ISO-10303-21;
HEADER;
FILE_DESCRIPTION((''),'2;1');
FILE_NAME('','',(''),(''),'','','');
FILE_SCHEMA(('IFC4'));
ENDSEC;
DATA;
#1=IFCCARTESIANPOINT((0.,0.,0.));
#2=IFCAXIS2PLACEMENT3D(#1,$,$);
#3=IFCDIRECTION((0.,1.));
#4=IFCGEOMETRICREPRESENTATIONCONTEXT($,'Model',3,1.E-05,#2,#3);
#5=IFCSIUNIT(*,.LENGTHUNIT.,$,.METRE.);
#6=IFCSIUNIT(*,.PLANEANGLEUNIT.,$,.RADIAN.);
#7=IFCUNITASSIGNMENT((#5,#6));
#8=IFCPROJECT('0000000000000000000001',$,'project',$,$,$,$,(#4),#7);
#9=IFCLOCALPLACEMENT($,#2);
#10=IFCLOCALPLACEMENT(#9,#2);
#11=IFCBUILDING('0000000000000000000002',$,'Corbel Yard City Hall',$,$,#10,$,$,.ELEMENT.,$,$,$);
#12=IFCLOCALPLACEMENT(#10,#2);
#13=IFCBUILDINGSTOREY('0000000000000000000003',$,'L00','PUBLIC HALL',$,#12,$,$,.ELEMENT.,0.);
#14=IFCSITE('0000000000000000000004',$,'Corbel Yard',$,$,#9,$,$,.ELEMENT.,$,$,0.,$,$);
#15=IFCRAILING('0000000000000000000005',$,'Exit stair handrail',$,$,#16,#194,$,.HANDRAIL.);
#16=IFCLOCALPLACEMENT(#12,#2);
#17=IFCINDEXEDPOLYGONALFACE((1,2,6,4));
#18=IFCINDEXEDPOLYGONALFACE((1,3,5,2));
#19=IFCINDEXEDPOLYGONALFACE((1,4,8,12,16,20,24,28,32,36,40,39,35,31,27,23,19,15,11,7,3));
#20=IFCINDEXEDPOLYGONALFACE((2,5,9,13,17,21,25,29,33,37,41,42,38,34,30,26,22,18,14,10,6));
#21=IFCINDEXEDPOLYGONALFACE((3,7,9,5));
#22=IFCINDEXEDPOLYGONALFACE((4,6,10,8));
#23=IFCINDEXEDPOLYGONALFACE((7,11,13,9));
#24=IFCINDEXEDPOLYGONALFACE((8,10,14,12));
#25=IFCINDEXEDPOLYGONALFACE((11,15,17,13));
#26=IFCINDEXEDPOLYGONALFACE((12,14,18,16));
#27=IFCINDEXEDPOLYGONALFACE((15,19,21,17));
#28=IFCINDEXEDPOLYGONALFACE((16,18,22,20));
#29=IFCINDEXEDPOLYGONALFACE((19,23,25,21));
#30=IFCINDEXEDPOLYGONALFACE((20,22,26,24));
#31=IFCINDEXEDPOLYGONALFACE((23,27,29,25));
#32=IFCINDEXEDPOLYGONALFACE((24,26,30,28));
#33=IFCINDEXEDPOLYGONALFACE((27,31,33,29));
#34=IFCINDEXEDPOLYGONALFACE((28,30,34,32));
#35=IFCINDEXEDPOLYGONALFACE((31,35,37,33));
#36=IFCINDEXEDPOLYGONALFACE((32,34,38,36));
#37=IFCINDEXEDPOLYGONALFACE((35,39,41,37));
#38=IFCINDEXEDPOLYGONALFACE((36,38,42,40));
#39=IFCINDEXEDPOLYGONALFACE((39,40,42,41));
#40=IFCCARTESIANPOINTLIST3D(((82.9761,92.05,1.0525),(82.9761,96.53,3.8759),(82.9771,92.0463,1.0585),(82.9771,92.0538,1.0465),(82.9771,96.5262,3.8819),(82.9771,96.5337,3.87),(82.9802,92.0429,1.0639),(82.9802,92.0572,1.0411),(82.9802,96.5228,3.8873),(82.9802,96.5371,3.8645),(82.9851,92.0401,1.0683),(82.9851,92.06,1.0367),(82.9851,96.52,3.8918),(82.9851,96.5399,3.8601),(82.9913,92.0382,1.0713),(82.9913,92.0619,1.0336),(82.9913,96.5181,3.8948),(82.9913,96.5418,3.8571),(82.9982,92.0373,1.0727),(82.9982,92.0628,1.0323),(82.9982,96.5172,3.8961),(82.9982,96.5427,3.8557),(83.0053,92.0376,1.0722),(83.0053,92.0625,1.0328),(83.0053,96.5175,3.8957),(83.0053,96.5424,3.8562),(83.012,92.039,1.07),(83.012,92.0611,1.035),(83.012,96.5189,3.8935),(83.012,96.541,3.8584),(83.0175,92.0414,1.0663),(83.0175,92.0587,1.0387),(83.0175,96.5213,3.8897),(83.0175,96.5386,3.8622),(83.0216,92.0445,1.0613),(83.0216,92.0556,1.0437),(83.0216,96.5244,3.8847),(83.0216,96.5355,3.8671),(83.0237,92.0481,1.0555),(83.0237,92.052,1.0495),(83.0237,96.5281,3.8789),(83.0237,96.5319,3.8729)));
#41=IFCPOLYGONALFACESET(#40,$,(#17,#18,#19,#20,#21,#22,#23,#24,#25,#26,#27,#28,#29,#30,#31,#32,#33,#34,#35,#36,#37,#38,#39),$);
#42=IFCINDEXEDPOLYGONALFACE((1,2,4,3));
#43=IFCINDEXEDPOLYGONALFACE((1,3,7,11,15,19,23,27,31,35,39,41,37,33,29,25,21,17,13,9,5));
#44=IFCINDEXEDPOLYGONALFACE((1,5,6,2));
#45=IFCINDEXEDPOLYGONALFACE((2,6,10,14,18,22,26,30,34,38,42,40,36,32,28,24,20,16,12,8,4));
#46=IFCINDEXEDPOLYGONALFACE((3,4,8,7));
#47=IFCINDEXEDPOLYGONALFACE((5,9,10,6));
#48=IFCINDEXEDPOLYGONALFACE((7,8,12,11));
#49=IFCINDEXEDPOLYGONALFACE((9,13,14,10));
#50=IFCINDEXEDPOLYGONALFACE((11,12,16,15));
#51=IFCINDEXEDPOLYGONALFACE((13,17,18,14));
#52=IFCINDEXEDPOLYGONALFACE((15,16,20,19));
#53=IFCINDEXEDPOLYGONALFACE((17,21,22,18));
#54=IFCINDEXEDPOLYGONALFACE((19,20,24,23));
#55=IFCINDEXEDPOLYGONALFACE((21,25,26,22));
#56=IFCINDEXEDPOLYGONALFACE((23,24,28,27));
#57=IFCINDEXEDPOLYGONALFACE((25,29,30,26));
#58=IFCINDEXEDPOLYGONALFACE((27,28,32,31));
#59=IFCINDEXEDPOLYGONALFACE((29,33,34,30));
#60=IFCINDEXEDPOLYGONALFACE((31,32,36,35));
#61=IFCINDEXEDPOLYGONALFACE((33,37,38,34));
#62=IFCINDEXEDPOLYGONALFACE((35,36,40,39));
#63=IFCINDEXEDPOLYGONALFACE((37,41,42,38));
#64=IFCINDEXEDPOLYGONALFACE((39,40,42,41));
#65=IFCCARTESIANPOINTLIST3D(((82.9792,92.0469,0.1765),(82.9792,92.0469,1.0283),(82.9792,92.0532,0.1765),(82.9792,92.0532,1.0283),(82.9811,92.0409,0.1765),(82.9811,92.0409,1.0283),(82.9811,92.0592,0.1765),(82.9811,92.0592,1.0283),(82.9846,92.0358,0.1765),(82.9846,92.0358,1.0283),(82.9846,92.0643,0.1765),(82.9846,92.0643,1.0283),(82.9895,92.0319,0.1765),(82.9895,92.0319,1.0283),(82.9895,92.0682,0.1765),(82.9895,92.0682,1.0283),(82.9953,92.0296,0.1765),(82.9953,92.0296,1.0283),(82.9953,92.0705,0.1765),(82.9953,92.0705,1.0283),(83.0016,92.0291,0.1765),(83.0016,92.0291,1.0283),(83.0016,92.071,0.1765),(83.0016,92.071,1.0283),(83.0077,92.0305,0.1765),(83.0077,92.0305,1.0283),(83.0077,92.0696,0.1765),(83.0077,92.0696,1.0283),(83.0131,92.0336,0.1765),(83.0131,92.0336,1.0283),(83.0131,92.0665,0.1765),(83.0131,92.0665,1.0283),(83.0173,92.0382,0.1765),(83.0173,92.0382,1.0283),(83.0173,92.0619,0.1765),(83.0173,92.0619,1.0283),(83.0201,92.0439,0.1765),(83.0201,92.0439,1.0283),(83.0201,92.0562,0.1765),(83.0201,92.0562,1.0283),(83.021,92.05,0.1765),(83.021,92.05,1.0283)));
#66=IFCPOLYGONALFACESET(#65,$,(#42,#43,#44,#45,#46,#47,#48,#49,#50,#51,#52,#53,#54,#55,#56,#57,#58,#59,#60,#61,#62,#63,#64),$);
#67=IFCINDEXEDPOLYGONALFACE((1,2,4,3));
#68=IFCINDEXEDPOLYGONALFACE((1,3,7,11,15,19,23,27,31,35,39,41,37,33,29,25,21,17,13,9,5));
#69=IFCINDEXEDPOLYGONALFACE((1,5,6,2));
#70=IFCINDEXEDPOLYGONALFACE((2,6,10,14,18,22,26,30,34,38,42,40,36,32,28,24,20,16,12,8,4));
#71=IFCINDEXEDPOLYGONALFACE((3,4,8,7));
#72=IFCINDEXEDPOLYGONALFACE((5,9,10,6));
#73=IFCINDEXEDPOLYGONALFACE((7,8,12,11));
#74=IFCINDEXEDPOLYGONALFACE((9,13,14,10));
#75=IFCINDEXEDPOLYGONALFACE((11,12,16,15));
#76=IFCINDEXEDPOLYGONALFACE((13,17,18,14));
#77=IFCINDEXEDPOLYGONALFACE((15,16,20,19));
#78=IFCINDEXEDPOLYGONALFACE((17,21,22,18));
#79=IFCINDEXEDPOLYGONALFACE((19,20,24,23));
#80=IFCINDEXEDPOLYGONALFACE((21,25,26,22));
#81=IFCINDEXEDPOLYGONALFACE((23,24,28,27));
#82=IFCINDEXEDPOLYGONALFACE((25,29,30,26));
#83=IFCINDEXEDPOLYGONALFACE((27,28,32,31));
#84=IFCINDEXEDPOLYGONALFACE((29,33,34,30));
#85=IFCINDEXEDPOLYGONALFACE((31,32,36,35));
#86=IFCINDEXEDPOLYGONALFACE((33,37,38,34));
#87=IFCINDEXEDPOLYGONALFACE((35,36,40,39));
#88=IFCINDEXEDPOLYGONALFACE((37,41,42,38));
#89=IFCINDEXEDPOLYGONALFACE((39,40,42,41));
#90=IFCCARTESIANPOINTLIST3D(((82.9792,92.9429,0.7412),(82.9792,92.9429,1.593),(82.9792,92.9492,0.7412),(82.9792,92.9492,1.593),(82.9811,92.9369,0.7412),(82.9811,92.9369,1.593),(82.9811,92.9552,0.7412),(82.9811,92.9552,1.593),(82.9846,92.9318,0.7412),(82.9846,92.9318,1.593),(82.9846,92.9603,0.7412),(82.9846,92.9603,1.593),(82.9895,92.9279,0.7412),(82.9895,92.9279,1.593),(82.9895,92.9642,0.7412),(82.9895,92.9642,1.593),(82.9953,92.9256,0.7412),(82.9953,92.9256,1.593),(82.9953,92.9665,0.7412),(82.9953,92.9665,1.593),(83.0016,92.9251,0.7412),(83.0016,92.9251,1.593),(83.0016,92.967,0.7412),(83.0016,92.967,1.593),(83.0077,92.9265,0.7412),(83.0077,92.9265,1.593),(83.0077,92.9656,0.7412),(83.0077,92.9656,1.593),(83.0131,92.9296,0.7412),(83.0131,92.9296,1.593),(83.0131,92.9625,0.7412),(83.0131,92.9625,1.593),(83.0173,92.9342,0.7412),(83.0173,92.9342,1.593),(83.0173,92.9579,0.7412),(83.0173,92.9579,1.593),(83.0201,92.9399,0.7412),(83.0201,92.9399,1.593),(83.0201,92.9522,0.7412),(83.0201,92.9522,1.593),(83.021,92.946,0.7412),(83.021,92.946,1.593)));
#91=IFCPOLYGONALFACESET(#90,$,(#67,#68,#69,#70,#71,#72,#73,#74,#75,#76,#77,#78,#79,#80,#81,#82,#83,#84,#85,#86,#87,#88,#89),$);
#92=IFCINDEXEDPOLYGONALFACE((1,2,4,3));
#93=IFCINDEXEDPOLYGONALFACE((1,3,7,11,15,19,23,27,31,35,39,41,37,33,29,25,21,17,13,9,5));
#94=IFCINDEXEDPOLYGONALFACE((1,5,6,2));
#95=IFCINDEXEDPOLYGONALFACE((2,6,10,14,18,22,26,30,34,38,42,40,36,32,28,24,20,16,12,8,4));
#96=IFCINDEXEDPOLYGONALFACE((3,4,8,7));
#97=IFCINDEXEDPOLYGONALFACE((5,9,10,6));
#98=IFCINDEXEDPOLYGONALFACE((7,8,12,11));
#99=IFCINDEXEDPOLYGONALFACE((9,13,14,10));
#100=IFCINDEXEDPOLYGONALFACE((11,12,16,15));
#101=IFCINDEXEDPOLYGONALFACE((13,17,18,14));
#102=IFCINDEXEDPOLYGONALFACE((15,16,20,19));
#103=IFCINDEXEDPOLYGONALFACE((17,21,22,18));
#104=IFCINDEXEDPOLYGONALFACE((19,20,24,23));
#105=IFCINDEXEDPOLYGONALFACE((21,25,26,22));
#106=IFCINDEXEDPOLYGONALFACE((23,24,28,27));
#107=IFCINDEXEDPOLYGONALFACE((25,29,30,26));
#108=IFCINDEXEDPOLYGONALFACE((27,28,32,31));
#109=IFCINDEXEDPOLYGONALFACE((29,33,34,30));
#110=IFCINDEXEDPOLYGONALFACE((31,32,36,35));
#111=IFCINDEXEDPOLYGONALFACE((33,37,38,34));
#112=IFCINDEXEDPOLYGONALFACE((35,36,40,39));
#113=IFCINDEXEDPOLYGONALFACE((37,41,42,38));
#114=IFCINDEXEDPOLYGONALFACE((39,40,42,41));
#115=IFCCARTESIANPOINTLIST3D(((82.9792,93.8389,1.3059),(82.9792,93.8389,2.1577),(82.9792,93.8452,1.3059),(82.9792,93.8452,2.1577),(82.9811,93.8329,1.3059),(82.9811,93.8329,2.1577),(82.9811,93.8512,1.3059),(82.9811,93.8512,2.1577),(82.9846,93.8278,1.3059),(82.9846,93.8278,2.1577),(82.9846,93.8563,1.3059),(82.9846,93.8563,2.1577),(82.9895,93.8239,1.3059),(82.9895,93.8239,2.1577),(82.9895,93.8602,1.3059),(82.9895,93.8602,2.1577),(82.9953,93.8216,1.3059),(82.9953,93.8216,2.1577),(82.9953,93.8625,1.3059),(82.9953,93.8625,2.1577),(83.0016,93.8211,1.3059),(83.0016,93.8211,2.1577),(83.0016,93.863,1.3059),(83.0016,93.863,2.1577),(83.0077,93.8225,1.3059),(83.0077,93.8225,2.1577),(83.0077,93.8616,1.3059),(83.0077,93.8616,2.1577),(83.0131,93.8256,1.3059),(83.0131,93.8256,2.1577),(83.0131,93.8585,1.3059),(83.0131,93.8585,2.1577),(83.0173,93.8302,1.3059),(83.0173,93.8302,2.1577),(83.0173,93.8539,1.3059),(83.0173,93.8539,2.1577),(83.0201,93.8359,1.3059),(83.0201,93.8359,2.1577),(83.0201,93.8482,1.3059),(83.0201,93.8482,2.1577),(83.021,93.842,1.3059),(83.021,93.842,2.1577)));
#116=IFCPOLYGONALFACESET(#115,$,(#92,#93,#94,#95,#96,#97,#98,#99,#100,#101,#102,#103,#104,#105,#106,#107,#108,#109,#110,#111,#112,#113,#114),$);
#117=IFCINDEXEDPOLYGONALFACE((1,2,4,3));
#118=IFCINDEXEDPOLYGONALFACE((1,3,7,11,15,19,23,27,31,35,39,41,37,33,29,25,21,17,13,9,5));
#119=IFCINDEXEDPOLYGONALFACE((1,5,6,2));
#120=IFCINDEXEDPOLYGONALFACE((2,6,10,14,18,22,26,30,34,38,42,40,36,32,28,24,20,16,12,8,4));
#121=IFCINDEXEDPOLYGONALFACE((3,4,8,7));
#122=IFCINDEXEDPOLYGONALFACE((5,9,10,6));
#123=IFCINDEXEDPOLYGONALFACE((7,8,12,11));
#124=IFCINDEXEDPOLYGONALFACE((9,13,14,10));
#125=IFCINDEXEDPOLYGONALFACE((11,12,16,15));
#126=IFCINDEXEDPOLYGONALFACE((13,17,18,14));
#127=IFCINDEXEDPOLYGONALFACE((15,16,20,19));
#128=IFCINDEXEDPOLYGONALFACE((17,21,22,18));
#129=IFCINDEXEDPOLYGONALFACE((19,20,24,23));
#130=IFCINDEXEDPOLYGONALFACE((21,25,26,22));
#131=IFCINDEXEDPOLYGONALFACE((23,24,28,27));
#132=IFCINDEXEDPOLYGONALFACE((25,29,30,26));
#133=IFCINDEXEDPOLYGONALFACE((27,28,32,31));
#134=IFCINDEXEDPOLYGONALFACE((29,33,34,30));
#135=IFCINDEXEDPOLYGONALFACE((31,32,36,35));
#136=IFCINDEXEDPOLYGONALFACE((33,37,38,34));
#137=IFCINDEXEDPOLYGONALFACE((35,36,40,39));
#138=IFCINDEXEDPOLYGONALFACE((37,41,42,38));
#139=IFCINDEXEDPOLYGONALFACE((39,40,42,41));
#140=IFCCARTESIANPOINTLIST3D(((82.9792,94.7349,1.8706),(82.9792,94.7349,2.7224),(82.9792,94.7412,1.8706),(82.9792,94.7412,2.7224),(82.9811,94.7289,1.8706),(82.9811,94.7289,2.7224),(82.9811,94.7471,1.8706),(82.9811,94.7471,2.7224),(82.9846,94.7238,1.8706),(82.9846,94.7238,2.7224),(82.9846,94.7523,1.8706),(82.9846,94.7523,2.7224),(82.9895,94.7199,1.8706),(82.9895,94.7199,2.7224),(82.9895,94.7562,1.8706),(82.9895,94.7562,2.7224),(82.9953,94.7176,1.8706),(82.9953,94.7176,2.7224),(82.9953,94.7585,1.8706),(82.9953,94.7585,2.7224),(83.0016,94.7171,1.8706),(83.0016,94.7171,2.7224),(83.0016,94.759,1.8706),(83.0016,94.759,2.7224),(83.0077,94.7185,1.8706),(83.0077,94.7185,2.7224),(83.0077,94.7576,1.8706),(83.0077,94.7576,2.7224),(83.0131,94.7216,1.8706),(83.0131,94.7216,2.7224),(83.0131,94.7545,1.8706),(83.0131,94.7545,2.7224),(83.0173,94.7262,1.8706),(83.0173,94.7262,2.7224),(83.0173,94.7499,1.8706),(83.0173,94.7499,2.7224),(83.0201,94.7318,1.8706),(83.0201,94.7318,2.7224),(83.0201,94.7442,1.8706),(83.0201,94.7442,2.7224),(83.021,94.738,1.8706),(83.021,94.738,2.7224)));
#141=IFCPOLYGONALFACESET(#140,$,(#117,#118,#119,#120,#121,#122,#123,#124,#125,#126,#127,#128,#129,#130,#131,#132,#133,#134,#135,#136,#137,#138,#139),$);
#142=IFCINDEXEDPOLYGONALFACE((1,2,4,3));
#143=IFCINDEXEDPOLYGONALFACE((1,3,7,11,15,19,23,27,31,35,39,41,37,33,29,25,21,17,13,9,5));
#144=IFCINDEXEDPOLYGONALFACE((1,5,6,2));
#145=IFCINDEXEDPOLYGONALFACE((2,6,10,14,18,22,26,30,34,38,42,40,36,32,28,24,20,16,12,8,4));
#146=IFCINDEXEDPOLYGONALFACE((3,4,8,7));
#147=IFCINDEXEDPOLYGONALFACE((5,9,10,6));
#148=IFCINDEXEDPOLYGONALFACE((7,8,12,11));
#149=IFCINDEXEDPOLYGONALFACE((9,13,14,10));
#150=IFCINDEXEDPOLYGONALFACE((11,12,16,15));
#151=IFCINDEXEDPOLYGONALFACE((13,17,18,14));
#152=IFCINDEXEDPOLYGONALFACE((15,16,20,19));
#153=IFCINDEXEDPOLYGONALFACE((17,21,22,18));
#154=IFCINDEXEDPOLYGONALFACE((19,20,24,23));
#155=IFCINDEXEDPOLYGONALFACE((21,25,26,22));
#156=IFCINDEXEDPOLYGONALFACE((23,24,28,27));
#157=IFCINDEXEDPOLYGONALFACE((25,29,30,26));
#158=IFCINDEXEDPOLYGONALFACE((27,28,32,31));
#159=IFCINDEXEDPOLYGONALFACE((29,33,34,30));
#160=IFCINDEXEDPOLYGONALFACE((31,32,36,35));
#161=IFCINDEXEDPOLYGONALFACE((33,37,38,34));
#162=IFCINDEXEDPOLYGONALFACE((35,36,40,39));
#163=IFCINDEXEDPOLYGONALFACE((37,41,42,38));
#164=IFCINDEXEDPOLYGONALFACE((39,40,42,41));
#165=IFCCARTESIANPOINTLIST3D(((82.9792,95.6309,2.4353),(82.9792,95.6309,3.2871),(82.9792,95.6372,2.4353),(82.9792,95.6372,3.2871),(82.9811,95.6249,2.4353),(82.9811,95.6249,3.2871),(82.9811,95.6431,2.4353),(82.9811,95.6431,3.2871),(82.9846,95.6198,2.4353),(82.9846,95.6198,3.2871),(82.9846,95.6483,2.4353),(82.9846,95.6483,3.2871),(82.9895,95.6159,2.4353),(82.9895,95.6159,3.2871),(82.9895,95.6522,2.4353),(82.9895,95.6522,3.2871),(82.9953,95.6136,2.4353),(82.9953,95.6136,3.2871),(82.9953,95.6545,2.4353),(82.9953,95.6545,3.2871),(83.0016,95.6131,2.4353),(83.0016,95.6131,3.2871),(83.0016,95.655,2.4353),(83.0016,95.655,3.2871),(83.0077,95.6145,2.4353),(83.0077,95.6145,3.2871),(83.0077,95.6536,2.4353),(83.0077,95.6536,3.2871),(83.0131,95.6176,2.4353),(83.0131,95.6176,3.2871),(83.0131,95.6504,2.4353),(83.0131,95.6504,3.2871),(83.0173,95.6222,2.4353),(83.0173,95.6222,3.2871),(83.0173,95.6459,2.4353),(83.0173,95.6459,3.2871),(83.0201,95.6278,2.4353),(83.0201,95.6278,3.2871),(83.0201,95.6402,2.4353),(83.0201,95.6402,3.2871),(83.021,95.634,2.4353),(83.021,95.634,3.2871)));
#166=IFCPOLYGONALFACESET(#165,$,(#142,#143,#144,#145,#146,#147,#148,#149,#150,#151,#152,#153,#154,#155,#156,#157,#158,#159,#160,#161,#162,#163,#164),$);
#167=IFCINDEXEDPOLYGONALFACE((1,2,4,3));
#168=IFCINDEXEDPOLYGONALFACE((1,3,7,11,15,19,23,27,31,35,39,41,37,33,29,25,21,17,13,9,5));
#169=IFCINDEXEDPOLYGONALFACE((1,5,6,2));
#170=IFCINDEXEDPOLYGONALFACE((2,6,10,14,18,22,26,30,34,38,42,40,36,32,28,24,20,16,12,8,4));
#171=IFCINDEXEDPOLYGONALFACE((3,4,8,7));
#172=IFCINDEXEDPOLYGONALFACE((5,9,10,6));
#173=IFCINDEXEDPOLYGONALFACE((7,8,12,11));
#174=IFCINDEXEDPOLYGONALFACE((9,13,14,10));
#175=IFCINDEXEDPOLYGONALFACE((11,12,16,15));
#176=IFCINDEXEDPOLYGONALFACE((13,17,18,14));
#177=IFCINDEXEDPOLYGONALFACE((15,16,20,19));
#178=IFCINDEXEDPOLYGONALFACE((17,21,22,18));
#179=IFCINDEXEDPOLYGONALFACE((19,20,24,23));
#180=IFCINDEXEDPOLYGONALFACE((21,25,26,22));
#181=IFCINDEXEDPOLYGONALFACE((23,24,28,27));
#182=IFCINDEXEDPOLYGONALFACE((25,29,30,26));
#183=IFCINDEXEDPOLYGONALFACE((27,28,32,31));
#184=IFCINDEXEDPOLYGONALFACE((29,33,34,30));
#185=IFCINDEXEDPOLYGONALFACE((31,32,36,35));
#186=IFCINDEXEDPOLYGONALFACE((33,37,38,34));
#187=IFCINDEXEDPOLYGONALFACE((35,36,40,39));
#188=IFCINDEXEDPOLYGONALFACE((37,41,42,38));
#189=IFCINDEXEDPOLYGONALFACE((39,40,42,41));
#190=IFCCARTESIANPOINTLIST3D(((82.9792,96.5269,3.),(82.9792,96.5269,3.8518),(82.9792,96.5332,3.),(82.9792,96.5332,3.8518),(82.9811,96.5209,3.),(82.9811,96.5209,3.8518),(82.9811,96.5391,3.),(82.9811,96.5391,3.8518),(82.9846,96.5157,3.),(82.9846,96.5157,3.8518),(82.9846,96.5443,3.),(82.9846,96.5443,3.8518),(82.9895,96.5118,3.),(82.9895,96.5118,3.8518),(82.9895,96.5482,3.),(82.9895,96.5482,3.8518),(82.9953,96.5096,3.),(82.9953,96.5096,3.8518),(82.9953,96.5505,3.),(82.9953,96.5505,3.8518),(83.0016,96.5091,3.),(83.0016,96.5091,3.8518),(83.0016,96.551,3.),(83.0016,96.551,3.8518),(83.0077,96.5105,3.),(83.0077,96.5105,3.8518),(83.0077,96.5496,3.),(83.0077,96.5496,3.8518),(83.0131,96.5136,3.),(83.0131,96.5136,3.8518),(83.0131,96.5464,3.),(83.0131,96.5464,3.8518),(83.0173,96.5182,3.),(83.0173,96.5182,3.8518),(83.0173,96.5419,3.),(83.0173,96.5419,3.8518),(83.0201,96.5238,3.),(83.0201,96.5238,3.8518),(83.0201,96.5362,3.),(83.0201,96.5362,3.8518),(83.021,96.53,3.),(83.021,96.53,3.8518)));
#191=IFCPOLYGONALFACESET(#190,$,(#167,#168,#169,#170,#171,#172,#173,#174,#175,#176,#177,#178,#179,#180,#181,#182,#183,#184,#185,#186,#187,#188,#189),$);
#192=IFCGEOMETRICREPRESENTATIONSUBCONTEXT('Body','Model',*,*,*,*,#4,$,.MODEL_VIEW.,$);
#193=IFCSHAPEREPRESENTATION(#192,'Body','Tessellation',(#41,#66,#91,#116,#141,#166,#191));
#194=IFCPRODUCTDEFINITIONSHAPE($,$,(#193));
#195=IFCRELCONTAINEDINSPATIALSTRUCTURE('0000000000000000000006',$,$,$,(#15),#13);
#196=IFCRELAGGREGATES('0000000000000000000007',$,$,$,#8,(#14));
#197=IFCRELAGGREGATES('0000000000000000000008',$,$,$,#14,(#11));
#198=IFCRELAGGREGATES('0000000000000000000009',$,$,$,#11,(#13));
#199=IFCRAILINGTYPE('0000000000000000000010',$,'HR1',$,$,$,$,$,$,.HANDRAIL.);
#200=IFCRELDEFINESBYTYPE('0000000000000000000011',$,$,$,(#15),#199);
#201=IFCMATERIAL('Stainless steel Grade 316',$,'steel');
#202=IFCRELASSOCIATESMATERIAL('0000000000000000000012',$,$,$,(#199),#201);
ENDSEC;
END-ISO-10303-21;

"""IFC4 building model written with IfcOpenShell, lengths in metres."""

from ifc_helpers import new_model, si_unit, direction, frame, origin, origin_2d, place, context, subcontext, project, spatial, circle, extrude, material, type_object, element, save


model = new_model("IFC4")

# Units and contexts
model_context = context("Model", 3, precision=1e-05, world=origin(), true_north=direction((0.0, 1.0)))
body_context = subcontext(model_context, "Body", "Model", "MODEL_VIEW")
ifc_project = project(units=[si_unit("LENGTHUNIT", "METRE"), si_unit("PLANEANGLEUNIT", "RADIAN")], contexts=[model_context])

# Site, building, storey
site_placement = place(None, origin())
site = spatial("IfcSite", under=ifc_project, at=site_placement, Name="Corbel Yard", CompositionType="ELEMENT", RefElevation=0.0)
building_placement = place(site_placement, origin())
building = spatial("IfcBuilding", under=site, at=building_placement, Name="Corbel Yard City Hall", CompositionType="ELEMENT")
storey_placement = place(building_placement, origin())
storey = spatial("IfcBuildingStorey", under=building, at=storey_placement, Name="L00", Description="PUBLIC HALL", CompositionType="ELEMENT", Elevation=0.0)

# Shared definitions
ifc_material_1 = material(Name="Stainless steel Grade 316", Category="steel")

# Railing
railing_type = type_object("IfcRailingType", Name="HR1", PredefinedType="HANDRAIL", material=ifc_material_1)
for number, where, name in (
    (1, (83.0, 92.05, 0.1765), "Exit stair handrail"),
):
    element("IfcRailing", number, at=place(storey_placement, frame(where)), inside=storey, type_object=railing_type, Name=name, PredefinedType="HANDRAIL", context=body_context, shape_type="SweptSolid", body=[
        extrude(circle(Radius=0.0239, at=origin_2d()), frame((0.0, 0.0, 0.876), z_axis=(0.0, 0.845998, 0.533186), x_axis=(-1.0, 0.0, 0.0)), (0.0, 0.0, 1.0), 5.2954),
        extrude(circle(Radius=0.021, at=origin_2d()), origin(), (0.0, 0.0, 1.0), 0.8518),
        extrude(circle(Radius=0.021, at=origin_2d()), frame((0.0, 0.896, 0.5647)), (0.0, 0.0, 1.0), 0.8518),
        extrude(circle(Radius=0.021, at=origin_2d()), frame((0.0, 1.792, 1.1294)), (0.0, 0.0, 1.0), 0.8518),
        extrude(circle(Radius=0.021, at=origin_2d()), frame((0.0, 2.688, 1.6941)), (0.0, 0.0, 1.0), 0.8518),
        extrude(circle(Radius=0.021, at=origin_2d()), frame((0.0, 3.584, 2.2588)), (0.0, 0.0, 1.0), 0.8518),
        extrude(circle(Radius=0.021, at=origin_2d()), frame((0.0, 4.48, 2.8235)), (0.0, 0.0, 1.0), 0.8518),
    ])

save(model, "model.ifc")
